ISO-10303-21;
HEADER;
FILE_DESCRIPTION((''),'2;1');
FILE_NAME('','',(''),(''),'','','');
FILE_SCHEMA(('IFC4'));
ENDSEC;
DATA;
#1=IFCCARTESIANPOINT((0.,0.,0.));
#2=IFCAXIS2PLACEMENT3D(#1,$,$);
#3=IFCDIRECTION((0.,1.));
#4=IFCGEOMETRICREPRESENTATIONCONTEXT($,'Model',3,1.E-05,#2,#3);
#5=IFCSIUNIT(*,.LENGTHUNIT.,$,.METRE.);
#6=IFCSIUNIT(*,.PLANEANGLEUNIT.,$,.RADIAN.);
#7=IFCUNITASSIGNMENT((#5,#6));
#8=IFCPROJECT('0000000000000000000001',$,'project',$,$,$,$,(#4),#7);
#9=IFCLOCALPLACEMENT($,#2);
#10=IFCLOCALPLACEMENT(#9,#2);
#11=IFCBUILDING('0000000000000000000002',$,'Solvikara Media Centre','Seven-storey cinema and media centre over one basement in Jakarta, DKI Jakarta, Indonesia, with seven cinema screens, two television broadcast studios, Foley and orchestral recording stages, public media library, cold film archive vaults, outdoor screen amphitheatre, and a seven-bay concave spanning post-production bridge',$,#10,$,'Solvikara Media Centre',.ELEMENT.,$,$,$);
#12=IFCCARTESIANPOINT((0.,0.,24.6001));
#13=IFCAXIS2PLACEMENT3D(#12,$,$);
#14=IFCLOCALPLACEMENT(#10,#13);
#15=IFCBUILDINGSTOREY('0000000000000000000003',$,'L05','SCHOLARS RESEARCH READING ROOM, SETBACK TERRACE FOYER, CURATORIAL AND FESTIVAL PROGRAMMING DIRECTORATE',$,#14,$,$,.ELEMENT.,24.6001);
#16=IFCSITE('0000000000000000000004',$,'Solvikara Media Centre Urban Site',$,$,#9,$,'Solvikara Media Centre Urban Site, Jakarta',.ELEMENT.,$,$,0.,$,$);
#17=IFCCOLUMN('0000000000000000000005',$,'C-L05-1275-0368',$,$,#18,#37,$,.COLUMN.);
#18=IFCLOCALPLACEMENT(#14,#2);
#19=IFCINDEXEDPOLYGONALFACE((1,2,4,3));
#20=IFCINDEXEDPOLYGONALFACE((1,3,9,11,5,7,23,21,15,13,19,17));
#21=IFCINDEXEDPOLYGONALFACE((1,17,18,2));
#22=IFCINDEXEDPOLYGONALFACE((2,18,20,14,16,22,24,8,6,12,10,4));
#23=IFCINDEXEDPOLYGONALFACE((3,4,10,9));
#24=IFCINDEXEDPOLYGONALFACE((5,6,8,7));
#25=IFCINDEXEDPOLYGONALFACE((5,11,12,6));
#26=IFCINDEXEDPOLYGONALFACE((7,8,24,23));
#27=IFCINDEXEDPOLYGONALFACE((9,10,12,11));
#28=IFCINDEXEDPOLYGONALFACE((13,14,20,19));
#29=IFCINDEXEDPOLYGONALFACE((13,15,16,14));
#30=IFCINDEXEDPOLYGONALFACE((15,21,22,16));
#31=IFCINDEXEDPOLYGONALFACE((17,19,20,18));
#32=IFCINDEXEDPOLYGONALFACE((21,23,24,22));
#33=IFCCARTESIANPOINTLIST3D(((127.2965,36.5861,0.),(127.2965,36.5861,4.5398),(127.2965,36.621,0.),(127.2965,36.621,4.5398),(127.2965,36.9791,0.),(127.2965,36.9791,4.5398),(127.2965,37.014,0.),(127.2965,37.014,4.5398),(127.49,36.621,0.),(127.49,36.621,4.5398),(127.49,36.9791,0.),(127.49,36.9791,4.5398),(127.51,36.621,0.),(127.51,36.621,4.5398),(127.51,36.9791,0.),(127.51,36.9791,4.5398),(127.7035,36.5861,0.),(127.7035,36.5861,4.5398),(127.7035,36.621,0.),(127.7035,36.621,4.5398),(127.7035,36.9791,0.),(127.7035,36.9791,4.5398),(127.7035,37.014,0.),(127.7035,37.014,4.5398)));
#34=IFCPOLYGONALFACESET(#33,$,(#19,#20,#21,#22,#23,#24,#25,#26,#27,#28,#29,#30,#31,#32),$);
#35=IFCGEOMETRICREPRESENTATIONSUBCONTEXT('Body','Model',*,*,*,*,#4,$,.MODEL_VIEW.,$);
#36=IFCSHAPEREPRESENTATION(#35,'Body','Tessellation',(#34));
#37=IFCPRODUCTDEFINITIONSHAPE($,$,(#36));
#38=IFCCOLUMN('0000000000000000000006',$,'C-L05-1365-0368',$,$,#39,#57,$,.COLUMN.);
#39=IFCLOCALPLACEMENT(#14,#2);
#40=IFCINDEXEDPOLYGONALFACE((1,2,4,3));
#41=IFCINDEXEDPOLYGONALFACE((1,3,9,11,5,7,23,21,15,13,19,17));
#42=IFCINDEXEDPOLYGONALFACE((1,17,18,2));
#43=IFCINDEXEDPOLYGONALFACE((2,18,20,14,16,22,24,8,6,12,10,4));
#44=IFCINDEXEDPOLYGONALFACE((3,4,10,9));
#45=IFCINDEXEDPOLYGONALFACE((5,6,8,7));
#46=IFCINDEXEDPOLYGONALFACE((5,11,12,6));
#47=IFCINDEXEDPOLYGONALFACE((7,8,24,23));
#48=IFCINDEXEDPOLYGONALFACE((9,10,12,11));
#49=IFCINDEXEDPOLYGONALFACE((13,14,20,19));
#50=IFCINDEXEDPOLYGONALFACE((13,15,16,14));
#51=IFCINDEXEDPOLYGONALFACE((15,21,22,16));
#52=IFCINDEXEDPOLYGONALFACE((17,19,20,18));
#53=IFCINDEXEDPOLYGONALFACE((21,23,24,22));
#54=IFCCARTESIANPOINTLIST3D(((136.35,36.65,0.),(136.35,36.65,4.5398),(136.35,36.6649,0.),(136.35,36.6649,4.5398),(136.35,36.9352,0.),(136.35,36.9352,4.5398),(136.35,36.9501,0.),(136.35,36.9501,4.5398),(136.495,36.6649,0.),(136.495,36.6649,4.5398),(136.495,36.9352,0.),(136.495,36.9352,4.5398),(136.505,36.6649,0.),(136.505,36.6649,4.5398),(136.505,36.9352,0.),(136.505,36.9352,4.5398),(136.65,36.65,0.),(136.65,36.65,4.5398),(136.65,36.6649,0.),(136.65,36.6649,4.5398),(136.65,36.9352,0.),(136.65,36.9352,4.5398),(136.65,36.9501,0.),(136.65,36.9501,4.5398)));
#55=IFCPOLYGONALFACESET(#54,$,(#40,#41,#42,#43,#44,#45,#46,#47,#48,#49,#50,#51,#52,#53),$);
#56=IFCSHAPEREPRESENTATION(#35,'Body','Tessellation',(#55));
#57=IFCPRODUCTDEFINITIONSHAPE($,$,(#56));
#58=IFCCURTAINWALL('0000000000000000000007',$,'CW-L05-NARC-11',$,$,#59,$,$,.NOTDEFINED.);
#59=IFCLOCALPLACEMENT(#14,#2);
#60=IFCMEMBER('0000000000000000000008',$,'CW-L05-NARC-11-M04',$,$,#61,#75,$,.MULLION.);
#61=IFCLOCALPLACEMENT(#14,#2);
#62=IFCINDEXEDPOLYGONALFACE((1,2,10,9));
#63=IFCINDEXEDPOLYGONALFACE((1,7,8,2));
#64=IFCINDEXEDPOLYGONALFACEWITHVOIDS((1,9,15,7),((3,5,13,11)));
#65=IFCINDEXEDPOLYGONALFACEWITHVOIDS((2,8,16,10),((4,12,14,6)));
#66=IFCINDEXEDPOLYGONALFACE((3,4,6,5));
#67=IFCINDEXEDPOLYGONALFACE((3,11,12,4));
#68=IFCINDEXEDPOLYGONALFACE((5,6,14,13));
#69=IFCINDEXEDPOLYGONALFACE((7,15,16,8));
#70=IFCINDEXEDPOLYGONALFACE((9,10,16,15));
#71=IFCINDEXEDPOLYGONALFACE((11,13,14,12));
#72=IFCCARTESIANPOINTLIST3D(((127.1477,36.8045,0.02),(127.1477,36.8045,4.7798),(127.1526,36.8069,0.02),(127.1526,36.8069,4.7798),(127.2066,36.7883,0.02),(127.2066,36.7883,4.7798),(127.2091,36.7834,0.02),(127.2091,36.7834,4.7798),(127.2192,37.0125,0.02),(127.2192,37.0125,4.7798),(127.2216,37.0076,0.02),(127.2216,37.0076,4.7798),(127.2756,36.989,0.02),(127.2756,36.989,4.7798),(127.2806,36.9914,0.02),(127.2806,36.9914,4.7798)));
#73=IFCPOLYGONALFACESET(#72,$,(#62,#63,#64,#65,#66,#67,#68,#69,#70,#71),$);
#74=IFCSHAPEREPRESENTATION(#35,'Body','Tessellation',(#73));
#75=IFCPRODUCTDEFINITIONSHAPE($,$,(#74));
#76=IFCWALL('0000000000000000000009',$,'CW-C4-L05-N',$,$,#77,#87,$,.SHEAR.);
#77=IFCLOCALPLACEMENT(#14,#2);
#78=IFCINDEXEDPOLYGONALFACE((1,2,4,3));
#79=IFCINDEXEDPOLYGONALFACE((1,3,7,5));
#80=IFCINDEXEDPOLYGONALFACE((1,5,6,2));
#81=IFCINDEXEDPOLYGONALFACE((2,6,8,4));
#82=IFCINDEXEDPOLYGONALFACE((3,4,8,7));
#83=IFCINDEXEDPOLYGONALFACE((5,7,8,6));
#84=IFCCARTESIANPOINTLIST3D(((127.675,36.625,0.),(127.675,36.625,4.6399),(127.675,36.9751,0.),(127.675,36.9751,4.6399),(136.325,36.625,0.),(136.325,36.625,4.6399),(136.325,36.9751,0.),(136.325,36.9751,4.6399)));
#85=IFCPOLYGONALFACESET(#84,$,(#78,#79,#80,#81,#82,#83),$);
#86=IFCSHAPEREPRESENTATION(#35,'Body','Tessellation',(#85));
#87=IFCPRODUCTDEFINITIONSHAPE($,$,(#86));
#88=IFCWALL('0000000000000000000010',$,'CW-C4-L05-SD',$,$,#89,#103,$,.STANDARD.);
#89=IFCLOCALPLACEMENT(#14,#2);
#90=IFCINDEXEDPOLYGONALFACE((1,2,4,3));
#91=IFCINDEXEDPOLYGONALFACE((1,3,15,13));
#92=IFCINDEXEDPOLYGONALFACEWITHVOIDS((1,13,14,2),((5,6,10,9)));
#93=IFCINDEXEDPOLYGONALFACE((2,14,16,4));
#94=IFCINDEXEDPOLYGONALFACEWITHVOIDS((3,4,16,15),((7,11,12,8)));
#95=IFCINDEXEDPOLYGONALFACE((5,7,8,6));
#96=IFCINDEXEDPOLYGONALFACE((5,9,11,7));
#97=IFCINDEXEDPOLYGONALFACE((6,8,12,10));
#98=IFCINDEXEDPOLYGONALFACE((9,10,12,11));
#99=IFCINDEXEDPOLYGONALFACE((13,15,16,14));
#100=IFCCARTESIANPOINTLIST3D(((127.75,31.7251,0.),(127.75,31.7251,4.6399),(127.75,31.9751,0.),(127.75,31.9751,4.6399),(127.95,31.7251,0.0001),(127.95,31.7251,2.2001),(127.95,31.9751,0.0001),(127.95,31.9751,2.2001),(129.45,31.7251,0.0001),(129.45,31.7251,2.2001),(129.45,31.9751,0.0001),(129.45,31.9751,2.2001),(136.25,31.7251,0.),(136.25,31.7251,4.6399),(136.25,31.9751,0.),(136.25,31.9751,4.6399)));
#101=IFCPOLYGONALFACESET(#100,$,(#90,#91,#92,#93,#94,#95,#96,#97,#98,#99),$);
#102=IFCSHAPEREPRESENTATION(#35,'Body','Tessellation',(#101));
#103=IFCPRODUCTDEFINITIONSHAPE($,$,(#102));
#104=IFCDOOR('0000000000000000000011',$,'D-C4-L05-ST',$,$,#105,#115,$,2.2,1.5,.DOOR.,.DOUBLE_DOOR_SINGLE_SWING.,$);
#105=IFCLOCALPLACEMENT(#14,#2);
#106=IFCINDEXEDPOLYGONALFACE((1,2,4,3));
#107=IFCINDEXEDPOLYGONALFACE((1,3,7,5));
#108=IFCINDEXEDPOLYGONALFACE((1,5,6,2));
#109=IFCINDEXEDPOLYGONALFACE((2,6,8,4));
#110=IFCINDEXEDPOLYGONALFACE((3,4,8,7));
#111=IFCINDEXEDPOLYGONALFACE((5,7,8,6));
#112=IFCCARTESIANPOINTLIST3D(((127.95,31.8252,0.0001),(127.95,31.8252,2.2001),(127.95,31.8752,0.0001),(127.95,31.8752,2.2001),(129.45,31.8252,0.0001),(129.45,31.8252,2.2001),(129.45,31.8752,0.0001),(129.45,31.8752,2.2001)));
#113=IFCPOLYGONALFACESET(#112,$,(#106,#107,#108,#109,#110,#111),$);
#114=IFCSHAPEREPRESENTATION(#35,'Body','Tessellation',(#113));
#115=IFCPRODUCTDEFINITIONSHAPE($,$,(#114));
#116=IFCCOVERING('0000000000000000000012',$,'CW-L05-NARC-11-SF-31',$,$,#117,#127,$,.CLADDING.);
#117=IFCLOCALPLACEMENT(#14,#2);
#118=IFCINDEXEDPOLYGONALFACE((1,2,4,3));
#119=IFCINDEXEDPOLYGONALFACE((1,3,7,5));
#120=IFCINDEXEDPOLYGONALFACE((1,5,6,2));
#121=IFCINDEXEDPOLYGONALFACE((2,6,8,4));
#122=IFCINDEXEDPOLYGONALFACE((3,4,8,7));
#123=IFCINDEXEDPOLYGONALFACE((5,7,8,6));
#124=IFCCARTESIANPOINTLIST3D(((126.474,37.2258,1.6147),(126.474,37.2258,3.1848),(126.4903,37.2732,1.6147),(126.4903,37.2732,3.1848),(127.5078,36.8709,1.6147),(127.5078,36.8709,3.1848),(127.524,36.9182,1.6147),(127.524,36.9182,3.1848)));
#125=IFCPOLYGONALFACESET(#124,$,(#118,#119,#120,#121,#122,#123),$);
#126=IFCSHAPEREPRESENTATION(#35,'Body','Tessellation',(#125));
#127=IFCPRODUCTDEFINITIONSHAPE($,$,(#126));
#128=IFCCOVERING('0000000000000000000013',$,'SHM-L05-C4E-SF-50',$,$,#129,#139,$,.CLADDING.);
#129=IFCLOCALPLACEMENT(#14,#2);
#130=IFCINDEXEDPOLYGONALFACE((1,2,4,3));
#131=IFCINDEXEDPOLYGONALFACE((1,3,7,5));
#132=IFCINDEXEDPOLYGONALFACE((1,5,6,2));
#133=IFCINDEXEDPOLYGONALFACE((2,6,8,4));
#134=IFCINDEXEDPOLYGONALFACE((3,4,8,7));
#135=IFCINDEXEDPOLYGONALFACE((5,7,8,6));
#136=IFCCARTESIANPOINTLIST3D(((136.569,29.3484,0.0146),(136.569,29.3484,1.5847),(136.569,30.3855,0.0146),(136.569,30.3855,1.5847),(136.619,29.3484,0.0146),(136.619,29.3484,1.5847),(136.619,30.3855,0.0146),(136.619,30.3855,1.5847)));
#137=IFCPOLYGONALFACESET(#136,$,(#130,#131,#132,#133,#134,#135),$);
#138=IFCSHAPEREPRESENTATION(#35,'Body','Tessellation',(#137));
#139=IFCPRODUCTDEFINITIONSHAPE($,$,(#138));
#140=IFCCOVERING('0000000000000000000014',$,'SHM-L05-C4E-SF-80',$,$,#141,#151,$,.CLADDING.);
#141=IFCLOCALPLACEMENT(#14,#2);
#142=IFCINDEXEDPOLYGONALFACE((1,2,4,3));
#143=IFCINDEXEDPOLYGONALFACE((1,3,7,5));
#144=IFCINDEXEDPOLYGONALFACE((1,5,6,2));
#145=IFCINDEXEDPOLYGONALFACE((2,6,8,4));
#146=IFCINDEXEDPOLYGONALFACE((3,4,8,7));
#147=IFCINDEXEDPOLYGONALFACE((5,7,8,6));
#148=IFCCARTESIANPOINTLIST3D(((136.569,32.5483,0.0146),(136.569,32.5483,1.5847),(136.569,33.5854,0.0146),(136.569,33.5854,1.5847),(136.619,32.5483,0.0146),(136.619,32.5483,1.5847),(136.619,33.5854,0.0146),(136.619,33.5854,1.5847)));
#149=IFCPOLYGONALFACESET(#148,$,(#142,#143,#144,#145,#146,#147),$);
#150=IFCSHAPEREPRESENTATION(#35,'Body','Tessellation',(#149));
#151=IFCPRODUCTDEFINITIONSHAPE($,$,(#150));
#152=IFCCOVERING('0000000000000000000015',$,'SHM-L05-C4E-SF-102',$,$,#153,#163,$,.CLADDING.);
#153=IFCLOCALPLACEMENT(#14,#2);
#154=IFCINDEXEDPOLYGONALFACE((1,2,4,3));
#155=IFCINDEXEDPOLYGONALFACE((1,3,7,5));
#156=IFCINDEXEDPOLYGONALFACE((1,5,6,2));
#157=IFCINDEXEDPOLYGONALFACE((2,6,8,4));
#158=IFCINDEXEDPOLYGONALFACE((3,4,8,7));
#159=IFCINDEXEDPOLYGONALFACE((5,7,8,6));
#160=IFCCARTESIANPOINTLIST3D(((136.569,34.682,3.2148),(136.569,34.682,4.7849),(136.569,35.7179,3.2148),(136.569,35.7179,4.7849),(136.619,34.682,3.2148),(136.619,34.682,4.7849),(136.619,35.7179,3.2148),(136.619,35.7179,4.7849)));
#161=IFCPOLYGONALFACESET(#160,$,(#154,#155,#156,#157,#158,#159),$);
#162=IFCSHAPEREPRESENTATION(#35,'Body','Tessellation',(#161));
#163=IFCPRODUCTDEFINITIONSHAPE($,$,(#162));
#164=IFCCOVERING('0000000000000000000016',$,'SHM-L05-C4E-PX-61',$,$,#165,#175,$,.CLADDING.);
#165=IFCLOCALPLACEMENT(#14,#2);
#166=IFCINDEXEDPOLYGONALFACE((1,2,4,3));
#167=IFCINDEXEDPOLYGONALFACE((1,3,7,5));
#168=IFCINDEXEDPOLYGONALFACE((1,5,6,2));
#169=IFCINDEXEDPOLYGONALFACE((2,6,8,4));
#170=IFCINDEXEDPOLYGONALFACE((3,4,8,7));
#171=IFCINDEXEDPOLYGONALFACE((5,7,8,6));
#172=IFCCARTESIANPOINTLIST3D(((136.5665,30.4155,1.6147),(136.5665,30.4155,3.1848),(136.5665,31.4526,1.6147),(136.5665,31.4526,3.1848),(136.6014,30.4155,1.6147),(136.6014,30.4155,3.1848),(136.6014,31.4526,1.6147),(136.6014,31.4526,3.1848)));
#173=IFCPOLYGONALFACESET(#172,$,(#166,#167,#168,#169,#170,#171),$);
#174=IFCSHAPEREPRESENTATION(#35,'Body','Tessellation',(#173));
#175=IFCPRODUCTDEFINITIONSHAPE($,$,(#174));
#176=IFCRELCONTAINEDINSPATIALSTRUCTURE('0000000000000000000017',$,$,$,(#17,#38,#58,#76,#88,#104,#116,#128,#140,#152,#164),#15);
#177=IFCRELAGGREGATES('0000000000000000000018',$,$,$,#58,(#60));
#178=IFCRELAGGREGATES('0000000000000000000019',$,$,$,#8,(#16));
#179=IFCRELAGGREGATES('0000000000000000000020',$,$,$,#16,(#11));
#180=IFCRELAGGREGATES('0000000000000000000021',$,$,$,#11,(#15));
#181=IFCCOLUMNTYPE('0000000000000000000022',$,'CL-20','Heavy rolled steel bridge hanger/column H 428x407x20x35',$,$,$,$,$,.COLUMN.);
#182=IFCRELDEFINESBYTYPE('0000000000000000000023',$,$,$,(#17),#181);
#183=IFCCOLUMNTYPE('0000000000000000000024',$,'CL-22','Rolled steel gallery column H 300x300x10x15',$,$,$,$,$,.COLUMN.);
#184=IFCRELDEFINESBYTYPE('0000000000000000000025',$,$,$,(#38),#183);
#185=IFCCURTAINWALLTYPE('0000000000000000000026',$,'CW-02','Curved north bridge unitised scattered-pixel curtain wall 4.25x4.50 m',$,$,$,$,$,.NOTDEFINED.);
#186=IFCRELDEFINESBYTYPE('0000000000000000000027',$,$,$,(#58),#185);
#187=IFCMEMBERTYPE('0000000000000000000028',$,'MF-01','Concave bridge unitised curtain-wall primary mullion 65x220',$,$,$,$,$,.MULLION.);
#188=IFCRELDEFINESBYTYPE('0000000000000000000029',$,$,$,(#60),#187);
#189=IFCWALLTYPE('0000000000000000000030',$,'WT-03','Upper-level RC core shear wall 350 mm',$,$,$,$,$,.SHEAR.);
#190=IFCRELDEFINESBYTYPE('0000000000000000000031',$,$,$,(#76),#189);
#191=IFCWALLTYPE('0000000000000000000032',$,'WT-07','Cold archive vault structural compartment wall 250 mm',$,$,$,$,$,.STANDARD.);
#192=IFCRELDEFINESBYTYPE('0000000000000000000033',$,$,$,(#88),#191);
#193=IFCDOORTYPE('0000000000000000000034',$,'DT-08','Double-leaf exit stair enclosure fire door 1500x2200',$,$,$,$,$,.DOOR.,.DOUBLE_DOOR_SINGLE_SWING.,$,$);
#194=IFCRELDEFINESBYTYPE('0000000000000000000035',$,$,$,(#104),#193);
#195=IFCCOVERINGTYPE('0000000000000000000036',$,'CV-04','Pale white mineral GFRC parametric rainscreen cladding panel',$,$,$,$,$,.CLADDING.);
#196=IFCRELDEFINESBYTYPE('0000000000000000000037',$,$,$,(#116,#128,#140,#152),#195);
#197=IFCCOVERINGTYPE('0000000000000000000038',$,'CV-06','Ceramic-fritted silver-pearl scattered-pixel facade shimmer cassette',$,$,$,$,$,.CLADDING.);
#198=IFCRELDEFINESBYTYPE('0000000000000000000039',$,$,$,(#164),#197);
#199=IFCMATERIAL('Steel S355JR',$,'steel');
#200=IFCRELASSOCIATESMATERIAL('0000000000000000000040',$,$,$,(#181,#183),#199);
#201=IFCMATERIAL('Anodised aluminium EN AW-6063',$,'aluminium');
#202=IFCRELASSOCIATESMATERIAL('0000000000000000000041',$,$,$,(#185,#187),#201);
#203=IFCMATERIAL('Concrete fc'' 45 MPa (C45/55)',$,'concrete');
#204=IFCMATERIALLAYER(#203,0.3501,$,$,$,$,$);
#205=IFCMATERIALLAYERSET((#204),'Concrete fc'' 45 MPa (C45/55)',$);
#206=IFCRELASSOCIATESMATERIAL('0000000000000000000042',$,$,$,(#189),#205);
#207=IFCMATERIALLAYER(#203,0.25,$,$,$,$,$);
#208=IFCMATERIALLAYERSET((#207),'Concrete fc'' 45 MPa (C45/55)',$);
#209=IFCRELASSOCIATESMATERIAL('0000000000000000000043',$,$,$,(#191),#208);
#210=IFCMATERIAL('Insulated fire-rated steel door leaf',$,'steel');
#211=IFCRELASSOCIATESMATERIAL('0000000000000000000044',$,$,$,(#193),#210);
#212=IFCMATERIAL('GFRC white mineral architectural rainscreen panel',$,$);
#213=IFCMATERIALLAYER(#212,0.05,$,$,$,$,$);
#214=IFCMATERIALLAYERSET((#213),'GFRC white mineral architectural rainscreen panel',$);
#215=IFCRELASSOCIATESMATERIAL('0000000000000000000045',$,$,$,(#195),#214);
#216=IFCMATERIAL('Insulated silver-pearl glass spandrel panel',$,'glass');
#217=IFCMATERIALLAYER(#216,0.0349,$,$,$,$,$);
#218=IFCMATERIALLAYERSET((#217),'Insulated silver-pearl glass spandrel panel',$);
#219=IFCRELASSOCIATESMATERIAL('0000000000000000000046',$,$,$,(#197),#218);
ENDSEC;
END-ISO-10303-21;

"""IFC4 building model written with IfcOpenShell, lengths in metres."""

from ifc_helpers import new_model, si_unit, direction, frame, frame_2d, origin, origin_2d, place, context, subcontext, project, spatial, rectangle, hollow_rectangle, i_section, extrude, material, layer, layer_set, material_profile, profile_set, type_object, element, fill, aggregate, save


model = new_model("IFC4")

# Units and contexts
model_context = context("Model", 3, precision=1e-05, world=origin(), true_north=direction((0.0, 1.0)))
body_context = subcontext(model_context, "Body", "Model", "MODEL_VIEW")
ifc_project = project(units=[si_unit("LENGTHUNIT", "METRE"), si_unit("PLANEANGLEUNIT", "RADIAN")], contexts=[model_context])

# Site, building, storey
site_placement = place(None, origin())
site = spatial("IfcSite", under=ifc_project, at=site_placement, Name="Solvikara Media Centre Urban Site", LongName="Solvikara Media Centre Urban Site, Jakarta", CompositionType="ELEMENT", RefElevation=0.0)
building_placement = place(site_placement, origin())
building = spatial("IfcBuilding", under=site, at=building_placement, Name="Solvikara Media Centre", Description="Seven-storey cinema and media centre over one basement in Jakarta, DKI Jakarta, Indonesia, with seven cinema screens, two television broadcast studios, Foley and orchestral recording stages, public media library, cold film archive vaults, outdoor screen amphitheatre, and a seven-bay concave spanning post-production bridge", LongName="Solvikara Media Centre", CompositionType="ELEMENT")
storey_placement = place(building_placement, frame((0.0, 0.0, 24.6001)))
storey = spatial("IfcBuildingStorey", under=building, at=storey_placement, Name="L05", Description="SCHOLARS RESEARCH READING ROOM, SETBACK TERRACE FOYER, CURATORIAL AND FESTIVAL PROGRAMMING DIRECTORATE", CompositionType="ELEMENT", Elevation=24.6001)

# Columns
ifc_material_1 = material(Name="Steel S355JR", Category="steel")
ifc_material_profile_1 = material_profile(ifc_material_1, i_section(OverallWidth=0.407, OverallDepth=0.428, WebThickness=0.02, FlangeThickness=0.0349, at=origin_2d()), Name="H 428x407x20x35")
ifc_profile_set_1 = profile_set([ifc_material_profile_1], Name="Steel S355JR")
column_type_1 = type_object("IfcColumnType", Name="CL-20", Description="Heavy rolled steel bridge hanger/column H 428x407x20x35", PredefinedType="COLUMN", material=ifc_profile_set_1)
column_1_placement = place(storey_placement, frame((127.5, 36.8, 0.0), z_axis=(0.0, 0.0, 1.0), x_axis=(1.0, 0.0, 0.0)))
element("IfcColumn", 1, at=column_1_placement, inside=storey, type_object=column_type_1, Name="C-L05-1275-0368", PredefinedType="COLUMN", context=body_context, shape_type="SweptSolid", body=[
    extrude(i_section(OverallWidth=0.407, OverallDepth=0.428, WebThickness=0.02, FlangeThickness=0.0349, at=origin_2d()), origin(), (0.0, 0.0, 1.0), 4.5398),
])
ifc_material_profile_2 = material_profile(ifc_material_1, i_section(OverallWidth=0.3, OverallDepth=0.3, WebThickness=0.01, FlangeThickness=0.0149, at=origin_2d()), Name="H 300x300x10x15")
ifc_profile_set_2 = profile_set([ifc_material_profile_2], Name="Steel S355JR")
column_type_2 = type_object("IfcColumnType", Name="CL-22", Description="Rolled steel gallery column H 300x300x10x15", PredefinedType="COLUMN", material=ifc_profile_set_2)
column_2_placement = place(storey_placement, frame((136.5, 36.8, 0.0), z_axis=(0.0, 0.0, 1.0), x_axis=(1.0, 0.0, 0.0)))
element("IfcColumn", 2, at=column_2_placement, inside=storey, type_object=column_type_2, Name="C-L05-1365-0368", PredefinedType="COLUMN", context=body_context, shape_type="SweptSolid", body=[
    extrude(i_section(OverallWidth=0.3, OverallDepth=0.3, WebThickness=0.01, FlangeThickness=0.0149, at=origin_2d()), origin(), (0.0, 0.0, 1.0), 4.5398),
])

# Curtain wall, member
ifc_material_2 = material(Name="Anodised aluminium EN AW-6063", Category="aluminium")
curtain_wall_type = type_object("IfcCurtainWallType", Name="CW-02", Description="Curved north bridge unitised scattered-pixel curtain wall 4.25x4.50 m", PredefinedType="NOTDEFINED", material=ifc_material_2)
curtain_wall_placement = place(storey_placement, origin())
curtain_wall = element("IfcCurtainWall", 3, at=curtain_wall_placement, inside=storey, type_object=curtain_wall_type, Name="CW-L05-NARC-11", PredefinedType="NOTDEFINED")
ifc_material_profile_3 = material_profile(ifc_material_2, hollow_rectangle(XDim=0.0649, YDim=0.22, WallThickness=0.0039, at=origin_2d()), Name="ALU-M 65x220x4")
ifc_profile_set_3 = profile_set([ifc_material_profile_3], Name="Anodised aluminium EN AW-6063")
member_type = type_object("IfcMemberType", Name="MF-01", Description="Concave bridge unitised curtain-wall primary mullion 65x220", PredefinedType="MULLION", material=ifc_profile_set_3)
member_placement = place(storey_placement, frame((127.2141, 36.8979, 0.02), z_axis=(0.0, 0.0, 1.0), x_axis=(0.945706, -0.325024, 0.0)))
member = element("IfcMember", 4, at=member_placement, type_object=member_type, Name="CW-L05-NARC-11-M04", PredefinedType="MULLION", context=body_context, shape_type="SweptSolid", body=[
    extrude(hollow_rectangle(XDim=0.0649, YDim=0.22, WallThickness=0.0039, at=origin_2d()), origin(), (0.0, 0.0, 1.0), 4.7598),
])
aggregate(curtain_wall, [member])

# Wall
ifc_material_3 = material(Name="Concrete fc' 45 MPa (C45/55)", Category="concrete")
ifc_layer_1 = layer(ifc_material_3, 0.3501)
ifc_layer_set_1 = layer_set([ifc_layer_1], Name="Concrete fc' 45 MPa (C45/55)")
wall_type_1 = type_object("IfcWallType", Name="WT-03", Description="Upper-level RC core shear wall 350 mm", PredefinedType="SHEAR", material=ifc_layer_set_1)
wall_1_placement = place(storey_placement, frame((127.675, 36.8, 0.0), z_axis=(0.0, 0.0, 1.0), x_axis=(1.0, 0.0, 0.0)))
element("IfcWall", 5, at=wall_1_placement, inside=storey, type_object=wall_type_1, Name="CW-C4-L05-N", PredefinedType="SHEAR", context=body_context, shape_type="SweptSolid", body=[
    extrude(rectangle(XDim=8.6499, YDim=0.3501, at=frame_2d((4.325, 0.0))), origin(), (0.0, 0.0, 1.0), 4.6399),
])

# Wall, opening, door
ifc_layer_2 = layer(ifc_material_3, 0.25)
ifc_layer_set_2 = layer_set([ifc_layer_2], Name="Concrete fc' 45 MPa (C45/55)")
wall_type_2 = type_object("IfcWallType", Name="WT-07", Description="Cold archive vault structural compartment wall 250 mm", PredefinedType="STANDARD", material=ifc_layer_set_2)
wall_2_placement = place(storey_placement, frame((127.75, 31.8501, 0.0), z_axis=(0.0, 0.0, 1.0), x_axis=(1.0, 0.0, 0.0)))
wall_2 = element("IfcWall", 6, at=wall_2_placement, inside=storey, type_object=wall_type_2, Name="CW-C4-L05-SD", PredefinedType="STANDARD", context=body_context, shape_type="SweptSolid", body=[
    extrude(rectangle(XDim=8.5, YDim=0.25, at=frame_2d((4.25, 0.0))), origin(), (0.0, 0.0, 1.0), 4.6399),
])
opening_placement = place(wall_2_placement, frame((0.2, 0.0, 0.0)))
opening = element("IfcOpeningElement", 7, at=opening_placement, cuts=wall_2, PredefinedType="OPENING", context=body_context, shape_type="SweptSolid", body=[
    extrude(rectangle(XDim=1.5, YDim=2.2, at=frame_2d((0.75, 1.1001))), frame((0.0, 0.137, 0.0), z_axis=(0.0, -1.0, 0.0), x_axis=(1.0, 0.0, 0.0)), (0.0, 0.0, 1.0), 0.2739),
])
ifc_material_4 = material(Name="Insulated fire-rated steel door leaf", Category="steel")
door_type = type_object("IfcDoorType", Name="DT-08", Description="Double-leaf exit stair enclosure fire door 1500x2200", OperationType="DOUBLE_DOOR_SINGLE_SWING", PredefinedType="DOOR", material=ifc_material_4)
door_placement = place(opening_placement, frame((1.5, 0.0, 0.0), z_axis=(0.0, 0.0, 1.0), x_axis=(-1.0, 0.0, 0.0)))
door = element("IfcDoor", 8, at=door_placement, inside=storey, type_object=door_type, Name="D-C4-L05-ST", OperationType="DOUBLE_DOOR_SINGLE_SWING", OverallHeight=2.2, OverallWidth=1.5, PredefinedType="DOOR", context=body_context, shape_type="SweptSolid", body=[
    extrude(rectangle(XDim=1.5, YDim=2.2, at=frame_2d((0.75, 1.1001))), frame((0.0, 0.0249, 0.0), z_axis=(0.0, -1.0, 0.0), x_axis=(1.0, 0.0, 0.0)), (0.0, 0.0, 1.0), 0.05),
])
fill(opening, door)

# Coverings
ifc_material_5 = material(Name="GFRC white mineral architectural rainscreen panel")
ifc_layer_3 = layer(ifc_material_5, 0.05)
ifc_layer_set_3 = layer_set([ifc_layer_3], Name="GFRC white mineral architectural rainscreen panel")
covering_type_1 = type_object("IfcCoveringType", Name="CV-04", Description="Pale white mineral GFRC parametric rainscreen cladding panel", PredefinedType="CLADDING", material=ifc_layer_set_3)
covering_1_placement = place(storey_placement, frame((126.999, 37.072, 1.6147), z_axis=(0.0, 0.0, 1.0), x_axis=(0.945808, -0.324726, 0.0)))
element("IfcCovering", 9, at=covering_1_placement, inside=storey, type_object=covering_type_1, Name="CW-L05-NARC-11-SF-31", PredefinedType="CLADDING", context=body_context, shape_type="SweptSolid", body=[
    extrude(rectangle(XDim=1.093, YDim=0.05, at=origin_2d()), origin(), (0.0, 0.0, 1.0), 1.5701),
])
for number, where, z_axis, x_axis, name in (
    (10, (136.594, 29.8669, 0.0146), (0.0, 0.0, 1.0), (0.0, 1.0, 0.0), "SHM-L05-C4E-SF-50"),
    (11, (136.594, 33.0669, 0.0146), (0.0, 0.0, 1.0), (0.0, 1.0, 0.0), "SHM-L05-C4E-SF-80"),
):
    element("IfcCovering", number, at=place(storey_placement, frame(where, z_axis=z_axis, x_axis=x_axis)), inside=storey, type_object=covering_type_1, Name=name, PredefinedType="CLADDING", context=body_context, shape_type="SweptSolid", body=[
        extrude(rectangle(XDim=1.0371, YDim=0.05, at=origin_2d()), origin(), (0.0, 0.0, 1.0), 1.5701),
    ])
covering_2_placement = place(storey_placement, frame((136.594, 35.2, 3.2148), z_axis=(0.0, 0.0, 1.0), x_axis=(0.0, 1.0, 0.0)))
element("IfcCovering", 12, at=covering_2_placement, inside=storey, type_object=covering_type_1, Name="SHM-L05-C4E-SF-102", PredefinedType="CLADDING", context=body_context, shape_type="SweptSolid", body=[
    extrude(rectangle(XDim=1.0359, YDim=0.05, at=origin_2d()), origin(), (0.0, 0.0, 1.0), 1.5701),
])
ifc_material_6 = material(Name="Insulated silver-pearl glass spandrel panel", Category="glass")
ifc_layer_4 = layer(ifc_material_6, 0.0349)
ifc_layer_set_4 = layer_set([ifc_layer_4], Name="Insulated silver-pearl glass spandrel panel")
covering_type_2 = type_object("IfcCoveringType", Name="CV-06", Description="Ceramic-fritted silver-pearl scattered-pixel facade shimmer cassette", PredefinedType="CLADDING", material=ifc_layer_set_4)
covering_3_placement = place(storey_placement, frame((136.584, 30.9341, 1.6147), z_axis=(0.0, 0.0, 1.0), x_axis=(0.0, 1.0, 0.0)))
element("IfcCovering", 13, at=covering_3_placement, inside=storey, type_object=covering_type_2, Name="SHM-L05-C4E-PX-61", PredefinedType="CLADDING", context=body_context, shape_type="SweptSolid", body=[
    extrude(rectangle(XDim=1.0371, YDim=0.0349, at=origin_2d()), origin(), (0.0, 0.0, 1.0), 1.5701),
])

save(model, "model.ifc")
